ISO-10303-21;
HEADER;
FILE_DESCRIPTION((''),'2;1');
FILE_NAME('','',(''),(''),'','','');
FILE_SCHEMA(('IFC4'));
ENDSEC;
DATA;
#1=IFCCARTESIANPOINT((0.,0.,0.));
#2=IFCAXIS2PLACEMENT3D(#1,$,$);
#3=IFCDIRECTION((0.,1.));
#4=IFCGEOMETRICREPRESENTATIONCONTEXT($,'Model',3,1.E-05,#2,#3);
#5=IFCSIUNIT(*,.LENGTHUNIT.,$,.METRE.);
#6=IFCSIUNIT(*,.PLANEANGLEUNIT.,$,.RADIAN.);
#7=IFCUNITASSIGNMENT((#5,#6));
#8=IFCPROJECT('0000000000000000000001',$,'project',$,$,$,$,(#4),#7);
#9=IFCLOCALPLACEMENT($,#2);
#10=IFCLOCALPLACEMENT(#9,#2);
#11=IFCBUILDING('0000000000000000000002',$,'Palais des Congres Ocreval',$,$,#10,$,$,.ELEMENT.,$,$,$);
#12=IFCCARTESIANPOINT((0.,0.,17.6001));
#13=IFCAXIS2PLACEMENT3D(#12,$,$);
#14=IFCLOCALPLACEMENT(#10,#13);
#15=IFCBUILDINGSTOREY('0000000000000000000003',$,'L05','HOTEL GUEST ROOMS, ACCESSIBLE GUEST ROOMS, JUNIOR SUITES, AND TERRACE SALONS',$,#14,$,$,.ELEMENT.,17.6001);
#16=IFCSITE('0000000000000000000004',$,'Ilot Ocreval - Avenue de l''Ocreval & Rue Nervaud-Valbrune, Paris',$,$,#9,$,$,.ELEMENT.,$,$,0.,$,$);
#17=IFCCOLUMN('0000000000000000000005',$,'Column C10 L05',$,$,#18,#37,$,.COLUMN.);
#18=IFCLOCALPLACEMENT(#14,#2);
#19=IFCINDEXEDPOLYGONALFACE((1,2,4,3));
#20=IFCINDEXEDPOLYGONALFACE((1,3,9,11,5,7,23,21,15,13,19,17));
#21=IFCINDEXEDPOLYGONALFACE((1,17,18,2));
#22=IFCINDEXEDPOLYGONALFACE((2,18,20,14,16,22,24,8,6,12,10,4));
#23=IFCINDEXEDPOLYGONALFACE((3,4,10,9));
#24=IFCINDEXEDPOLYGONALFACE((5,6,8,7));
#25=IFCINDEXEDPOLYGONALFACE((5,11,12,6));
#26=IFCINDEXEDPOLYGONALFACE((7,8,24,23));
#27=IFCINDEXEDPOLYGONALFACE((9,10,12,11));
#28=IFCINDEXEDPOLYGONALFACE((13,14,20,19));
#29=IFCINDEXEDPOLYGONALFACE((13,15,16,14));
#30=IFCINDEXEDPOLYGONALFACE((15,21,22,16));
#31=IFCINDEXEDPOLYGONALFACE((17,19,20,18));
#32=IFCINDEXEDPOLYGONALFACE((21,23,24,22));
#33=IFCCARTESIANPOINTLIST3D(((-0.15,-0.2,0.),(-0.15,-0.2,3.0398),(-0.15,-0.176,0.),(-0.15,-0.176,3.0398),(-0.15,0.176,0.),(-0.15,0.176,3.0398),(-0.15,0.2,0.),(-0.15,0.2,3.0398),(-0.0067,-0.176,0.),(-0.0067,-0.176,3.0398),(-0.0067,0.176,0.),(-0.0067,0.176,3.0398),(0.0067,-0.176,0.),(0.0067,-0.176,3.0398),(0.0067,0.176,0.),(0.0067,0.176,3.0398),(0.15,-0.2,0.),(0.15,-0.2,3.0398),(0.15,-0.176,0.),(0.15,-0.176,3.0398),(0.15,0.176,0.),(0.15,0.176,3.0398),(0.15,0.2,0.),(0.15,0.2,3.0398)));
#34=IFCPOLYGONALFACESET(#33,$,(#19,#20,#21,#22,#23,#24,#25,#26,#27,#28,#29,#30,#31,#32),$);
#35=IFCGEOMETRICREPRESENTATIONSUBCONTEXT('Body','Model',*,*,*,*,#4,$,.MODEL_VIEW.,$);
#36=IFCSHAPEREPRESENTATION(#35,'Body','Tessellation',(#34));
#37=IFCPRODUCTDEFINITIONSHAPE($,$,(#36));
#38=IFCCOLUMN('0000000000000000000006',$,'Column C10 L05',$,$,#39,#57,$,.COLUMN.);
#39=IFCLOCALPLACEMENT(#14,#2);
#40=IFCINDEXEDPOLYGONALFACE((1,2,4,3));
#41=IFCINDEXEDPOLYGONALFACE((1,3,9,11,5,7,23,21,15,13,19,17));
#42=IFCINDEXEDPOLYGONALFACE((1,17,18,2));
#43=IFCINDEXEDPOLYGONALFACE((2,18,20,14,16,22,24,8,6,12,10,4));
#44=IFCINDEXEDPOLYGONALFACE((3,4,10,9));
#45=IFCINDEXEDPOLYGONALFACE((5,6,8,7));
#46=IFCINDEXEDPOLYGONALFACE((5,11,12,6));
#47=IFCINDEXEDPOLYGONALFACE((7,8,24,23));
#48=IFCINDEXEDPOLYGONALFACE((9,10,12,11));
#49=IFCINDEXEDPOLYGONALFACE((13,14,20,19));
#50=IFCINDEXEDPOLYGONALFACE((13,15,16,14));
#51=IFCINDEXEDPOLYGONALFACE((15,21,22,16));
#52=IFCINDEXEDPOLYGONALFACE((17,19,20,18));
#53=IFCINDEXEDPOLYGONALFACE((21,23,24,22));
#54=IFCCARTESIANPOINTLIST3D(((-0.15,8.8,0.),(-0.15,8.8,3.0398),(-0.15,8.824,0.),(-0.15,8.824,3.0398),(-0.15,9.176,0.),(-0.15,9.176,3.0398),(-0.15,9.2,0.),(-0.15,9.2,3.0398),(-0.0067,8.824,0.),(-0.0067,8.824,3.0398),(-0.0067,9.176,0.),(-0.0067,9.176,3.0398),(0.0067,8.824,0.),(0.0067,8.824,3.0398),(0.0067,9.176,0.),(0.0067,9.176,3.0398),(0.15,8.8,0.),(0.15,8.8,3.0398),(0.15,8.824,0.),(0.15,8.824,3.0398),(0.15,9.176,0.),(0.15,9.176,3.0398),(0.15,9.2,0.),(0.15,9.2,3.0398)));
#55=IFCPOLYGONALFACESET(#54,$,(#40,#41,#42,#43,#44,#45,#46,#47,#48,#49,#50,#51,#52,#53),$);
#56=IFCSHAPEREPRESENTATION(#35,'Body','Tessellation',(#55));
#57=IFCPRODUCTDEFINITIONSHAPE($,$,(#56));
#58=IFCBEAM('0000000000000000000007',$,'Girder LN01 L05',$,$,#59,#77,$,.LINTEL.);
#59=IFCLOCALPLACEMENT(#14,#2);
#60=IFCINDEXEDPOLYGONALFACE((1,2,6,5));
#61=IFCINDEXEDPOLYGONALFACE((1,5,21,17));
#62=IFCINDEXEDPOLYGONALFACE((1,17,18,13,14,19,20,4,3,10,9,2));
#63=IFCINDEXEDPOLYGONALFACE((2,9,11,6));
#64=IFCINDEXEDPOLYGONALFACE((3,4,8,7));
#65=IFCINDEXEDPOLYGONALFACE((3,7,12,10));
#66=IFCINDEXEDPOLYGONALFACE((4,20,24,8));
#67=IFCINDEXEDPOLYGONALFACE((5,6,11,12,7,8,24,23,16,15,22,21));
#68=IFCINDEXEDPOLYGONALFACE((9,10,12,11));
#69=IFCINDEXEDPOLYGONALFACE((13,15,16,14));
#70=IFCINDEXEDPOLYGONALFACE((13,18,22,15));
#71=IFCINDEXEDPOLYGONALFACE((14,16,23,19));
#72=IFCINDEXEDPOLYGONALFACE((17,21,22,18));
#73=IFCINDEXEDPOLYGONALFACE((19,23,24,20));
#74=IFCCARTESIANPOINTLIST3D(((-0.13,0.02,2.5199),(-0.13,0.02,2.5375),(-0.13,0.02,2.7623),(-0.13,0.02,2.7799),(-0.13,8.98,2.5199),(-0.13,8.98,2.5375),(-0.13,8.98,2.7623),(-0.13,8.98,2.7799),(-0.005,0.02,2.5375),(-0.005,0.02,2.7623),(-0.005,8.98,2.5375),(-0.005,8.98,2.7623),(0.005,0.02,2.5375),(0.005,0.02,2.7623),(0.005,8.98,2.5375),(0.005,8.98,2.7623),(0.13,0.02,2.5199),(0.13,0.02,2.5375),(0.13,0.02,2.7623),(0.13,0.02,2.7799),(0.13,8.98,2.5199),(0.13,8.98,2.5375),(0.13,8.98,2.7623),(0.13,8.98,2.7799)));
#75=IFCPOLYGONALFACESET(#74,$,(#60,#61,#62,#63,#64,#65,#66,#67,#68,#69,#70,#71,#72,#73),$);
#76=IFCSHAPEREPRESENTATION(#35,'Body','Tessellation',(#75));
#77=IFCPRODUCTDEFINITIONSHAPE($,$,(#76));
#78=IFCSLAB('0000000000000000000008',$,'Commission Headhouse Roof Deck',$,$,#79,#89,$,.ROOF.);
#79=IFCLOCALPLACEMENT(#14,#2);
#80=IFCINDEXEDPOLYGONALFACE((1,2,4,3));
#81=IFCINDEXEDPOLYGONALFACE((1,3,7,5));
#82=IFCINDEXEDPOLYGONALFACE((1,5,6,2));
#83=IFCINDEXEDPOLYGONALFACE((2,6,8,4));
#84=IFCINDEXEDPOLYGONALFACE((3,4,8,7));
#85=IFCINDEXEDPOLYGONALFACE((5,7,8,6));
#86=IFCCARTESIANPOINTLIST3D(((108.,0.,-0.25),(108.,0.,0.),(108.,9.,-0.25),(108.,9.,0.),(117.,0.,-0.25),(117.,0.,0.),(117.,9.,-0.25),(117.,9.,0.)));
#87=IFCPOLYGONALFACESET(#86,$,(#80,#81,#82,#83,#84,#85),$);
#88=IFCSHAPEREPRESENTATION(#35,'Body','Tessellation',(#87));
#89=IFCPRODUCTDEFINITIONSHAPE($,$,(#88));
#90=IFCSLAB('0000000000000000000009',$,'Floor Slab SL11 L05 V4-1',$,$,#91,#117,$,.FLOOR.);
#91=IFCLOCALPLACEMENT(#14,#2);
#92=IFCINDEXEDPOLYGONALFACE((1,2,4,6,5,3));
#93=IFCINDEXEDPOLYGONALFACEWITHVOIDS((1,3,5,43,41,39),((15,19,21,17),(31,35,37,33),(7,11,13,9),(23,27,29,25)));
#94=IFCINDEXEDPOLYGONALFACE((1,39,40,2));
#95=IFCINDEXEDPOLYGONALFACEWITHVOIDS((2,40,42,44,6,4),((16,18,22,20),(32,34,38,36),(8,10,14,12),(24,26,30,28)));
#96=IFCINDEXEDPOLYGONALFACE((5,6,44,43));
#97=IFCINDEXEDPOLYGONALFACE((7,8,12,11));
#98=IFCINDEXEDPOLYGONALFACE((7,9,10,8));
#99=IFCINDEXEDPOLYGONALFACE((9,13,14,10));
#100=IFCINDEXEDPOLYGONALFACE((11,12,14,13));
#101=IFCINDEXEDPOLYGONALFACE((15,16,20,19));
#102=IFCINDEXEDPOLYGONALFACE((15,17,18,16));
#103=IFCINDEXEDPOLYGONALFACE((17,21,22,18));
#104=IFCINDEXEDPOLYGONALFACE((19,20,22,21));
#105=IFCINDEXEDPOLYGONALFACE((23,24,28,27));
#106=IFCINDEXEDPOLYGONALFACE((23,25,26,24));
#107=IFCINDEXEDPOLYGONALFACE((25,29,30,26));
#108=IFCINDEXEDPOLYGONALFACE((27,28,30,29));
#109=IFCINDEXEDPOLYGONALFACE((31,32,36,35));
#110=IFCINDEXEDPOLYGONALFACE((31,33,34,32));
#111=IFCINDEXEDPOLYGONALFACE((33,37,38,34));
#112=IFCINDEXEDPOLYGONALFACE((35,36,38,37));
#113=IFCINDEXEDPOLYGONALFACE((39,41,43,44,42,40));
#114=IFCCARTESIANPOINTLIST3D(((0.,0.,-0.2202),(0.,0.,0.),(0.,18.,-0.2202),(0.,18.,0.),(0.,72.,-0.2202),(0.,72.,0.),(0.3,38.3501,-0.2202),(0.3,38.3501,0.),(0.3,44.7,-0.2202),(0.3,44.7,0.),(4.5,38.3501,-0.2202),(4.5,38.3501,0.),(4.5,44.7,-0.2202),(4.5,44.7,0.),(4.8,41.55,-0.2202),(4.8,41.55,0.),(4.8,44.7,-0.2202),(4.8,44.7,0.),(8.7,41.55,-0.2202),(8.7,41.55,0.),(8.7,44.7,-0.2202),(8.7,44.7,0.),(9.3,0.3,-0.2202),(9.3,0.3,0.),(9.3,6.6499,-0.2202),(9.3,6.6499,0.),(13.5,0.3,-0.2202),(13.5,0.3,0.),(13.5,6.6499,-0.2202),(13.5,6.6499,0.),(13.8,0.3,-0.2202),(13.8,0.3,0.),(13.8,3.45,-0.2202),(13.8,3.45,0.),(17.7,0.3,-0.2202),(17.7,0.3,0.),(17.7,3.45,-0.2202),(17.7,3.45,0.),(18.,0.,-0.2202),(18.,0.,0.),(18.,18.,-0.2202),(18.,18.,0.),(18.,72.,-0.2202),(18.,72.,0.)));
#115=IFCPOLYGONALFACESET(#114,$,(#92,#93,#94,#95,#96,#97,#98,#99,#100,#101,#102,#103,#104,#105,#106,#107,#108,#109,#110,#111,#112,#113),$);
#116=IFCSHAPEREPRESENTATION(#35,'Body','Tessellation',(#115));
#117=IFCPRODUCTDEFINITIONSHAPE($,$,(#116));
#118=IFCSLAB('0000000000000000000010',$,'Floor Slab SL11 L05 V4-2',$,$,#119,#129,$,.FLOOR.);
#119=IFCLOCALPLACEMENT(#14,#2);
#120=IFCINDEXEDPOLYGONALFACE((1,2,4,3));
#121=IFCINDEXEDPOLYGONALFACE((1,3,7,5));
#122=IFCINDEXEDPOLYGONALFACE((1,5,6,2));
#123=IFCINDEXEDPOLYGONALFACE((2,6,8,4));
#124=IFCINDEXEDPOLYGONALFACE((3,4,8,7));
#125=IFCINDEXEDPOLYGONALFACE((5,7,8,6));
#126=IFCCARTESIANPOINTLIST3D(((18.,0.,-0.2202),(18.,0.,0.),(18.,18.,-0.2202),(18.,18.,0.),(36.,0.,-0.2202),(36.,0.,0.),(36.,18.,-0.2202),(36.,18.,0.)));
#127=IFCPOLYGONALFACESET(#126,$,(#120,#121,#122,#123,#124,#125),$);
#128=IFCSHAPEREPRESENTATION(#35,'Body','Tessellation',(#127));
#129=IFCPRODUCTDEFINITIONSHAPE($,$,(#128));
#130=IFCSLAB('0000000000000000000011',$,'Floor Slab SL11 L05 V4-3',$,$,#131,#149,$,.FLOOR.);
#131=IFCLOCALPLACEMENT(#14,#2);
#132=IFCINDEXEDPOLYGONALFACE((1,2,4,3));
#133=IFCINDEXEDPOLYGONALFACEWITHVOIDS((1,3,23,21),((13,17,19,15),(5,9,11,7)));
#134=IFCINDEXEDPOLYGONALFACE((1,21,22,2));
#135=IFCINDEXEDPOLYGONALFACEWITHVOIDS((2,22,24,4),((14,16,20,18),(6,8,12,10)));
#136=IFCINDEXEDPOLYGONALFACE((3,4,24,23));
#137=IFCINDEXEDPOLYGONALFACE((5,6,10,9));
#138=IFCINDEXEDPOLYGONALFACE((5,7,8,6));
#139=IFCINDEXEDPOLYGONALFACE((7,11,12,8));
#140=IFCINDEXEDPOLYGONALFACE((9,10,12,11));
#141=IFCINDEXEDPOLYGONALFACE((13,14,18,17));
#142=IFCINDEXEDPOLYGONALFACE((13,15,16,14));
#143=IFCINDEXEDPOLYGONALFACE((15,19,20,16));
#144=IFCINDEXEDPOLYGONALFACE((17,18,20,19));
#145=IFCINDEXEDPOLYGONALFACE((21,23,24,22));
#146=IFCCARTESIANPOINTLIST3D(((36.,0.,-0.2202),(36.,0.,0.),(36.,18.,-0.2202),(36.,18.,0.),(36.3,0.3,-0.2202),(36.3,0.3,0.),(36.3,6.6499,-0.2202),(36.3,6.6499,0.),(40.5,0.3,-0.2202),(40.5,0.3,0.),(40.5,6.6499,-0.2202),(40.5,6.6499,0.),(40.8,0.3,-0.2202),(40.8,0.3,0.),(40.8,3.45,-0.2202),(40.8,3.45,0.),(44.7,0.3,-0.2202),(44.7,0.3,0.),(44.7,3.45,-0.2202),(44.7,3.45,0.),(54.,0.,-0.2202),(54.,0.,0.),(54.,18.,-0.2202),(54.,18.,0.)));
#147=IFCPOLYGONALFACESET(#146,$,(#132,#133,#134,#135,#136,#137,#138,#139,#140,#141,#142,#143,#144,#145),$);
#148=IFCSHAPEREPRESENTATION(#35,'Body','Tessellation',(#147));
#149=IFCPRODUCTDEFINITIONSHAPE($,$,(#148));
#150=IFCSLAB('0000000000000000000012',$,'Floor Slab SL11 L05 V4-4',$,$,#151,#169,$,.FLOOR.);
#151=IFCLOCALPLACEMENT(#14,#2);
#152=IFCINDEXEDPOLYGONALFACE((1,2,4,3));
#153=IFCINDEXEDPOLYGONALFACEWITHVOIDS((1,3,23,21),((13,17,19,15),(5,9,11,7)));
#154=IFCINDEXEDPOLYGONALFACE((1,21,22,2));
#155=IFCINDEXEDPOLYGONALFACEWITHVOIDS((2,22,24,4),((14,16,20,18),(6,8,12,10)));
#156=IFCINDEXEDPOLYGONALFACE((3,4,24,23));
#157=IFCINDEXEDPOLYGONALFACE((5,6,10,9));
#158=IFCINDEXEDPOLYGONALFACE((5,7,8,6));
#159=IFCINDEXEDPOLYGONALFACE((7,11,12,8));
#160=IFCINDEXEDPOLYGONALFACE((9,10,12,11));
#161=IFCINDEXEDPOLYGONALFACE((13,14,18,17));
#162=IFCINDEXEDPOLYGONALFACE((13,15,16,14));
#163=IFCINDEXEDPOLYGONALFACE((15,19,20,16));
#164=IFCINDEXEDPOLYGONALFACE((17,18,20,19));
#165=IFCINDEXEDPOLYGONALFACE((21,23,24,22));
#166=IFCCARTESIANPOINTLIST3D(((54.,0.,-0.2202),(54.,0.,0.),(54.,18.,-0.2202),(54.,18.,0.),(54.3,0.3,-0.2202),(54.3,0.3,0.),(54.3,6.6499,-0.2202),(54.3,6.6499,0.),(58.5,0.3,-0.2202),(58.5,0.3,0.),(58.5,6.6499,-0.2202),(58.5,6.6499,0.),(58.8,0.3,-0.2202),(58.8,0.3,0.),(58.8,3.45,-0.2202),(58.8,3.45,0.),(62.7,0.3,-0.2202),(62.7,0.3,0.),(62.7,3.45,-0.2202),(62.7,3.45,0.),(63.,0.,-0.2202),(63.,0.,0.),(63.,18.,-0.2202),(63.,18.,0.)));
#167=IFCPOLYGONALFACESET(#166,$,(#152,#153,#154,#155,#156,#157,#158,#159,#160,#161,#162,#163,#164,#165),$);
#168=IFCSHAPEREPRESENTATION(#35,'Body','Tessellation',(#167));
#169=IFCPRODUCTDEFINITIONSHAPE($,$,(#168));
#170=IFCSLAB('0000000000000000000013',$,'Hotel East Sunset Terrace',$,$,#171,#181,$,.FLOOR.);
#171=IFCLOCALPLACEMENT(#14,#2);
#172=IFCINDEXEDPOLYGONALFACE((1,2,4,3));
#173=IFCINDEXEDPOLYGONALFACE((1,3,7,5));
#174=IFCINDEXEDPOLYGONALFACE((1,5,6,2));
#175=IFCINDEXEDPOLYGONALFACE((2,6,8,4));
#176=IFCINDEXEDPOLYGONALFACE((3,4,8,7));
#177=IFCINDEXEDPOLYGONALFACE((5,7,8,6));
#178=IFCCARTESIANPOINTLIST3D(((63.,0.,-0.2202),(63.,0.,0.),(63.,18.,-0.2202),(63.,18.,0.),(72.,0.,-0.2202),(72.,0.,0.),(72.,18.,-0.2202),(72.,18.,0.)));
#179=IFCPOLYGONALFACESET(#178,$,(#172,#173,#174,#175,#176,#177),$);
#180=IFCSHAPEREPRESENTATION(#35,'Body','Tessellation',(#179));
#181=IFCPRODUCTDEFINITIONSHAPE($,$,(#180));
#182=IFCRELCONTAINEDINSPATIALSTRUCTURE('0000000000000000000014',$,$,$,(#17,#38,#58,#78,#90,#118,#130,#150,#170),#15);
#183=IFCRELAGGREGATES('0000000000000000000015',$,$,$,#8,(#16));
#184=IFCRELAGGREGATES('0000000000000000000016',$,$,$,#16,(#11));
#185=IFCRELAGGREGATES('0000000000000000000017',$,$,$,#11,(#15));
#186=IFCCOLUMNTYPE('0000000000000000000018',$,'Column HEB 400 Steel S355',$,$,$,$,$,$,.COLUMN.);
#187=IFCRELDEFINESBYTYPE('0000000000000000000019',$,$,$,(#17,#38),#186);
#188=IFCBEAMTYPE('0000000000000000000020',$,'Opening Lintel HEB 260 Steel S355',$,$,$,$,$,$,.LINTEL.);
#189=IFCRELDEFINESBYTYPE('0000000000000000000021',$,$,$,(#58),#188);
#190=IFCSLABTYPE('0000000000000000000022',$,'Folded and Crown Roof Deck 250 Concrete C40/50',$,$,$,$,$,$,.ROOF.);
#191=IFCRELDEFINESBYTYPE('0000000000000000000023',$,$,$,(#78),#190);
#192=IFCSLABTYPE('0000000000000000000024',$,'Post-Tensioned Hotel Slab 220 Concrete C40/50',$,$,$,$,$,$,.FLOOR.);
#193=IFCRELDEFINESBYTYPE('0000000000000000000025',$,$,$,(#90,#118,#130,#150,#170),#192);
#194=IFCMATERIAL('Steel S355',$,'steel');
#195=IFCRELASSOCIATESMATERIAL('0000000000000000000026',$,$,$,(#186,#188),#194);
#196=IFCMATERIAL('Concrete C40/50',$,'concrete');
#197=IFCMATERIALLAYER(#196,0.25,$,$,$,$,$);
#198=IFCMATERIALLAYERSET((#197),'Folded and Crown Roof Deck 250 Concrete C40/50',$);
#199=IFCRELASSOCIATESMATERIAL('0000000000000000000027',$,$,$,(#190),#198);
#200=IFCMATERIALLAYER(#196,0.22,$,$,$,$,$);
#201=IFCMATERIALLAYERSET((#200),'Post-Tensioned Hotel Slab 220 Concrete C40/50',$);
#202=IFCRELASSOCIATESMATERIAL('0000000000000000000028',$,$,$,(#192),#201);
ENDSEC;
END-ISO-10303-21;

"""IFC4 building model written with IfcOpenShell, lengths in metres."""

from ifc_helpers import new_model, si_unit, direction, frame, origin, origin_2d, place, context, subcontext, project, spatial, polyline, i_section, outline, extrude, material, layer, layer_set, material_profile, profile_set, type_object, element, save


model = new_model("IFC4")

# Units and contexts
model_context = context("Model", 3, precision=1e-05, world=origin(), true_north=direction((0.0, 1.0)))
body_context = subcontext(model_context, "Body", "Model", "MODEL_VIEW")
ifc_project = project(units=[si_unit("LENGTHUNIT", "METRE"), si_unit("PLANEANGLEUNIT", "RADIAN")], contexts=[model_context])

# Site, building, storey
site_placement = place(None, origin())
site = spatial("IfcSite", under=ifc_project, at=site_placement, Name="Ilot Ocreval - Avenue de l'Ocreval & Rue Nervaud-Valbrune, Paris", CompositionType="ELEMENT", RefElevation=0.0)
building_placement = place(site_placement, origin())
building = spatial("IfcBuilding", under=site, at=building_placement, Name="Palais des Congres Ocreval", CompositionType="ELEMENT")
storey_placement = place(building_placement, frame((0.0, 0.0, 17.6001)))
storey = spatial("IfcBuildingStorey", under=building, at=storey_placement, Name="L05", Description="HOTEL GUEST ROOMS, ACCESSIBLE GUEST ROOMS, JUNIOR SUITES, AND TERRACE SALONS", CompositionType="ELEMENT", Elevation=17.6001)

# Columns
ifc_material_1 = material(Name="Steel S355", Category="steel")
ifc_material_profile_1 = material_profile(ifc_material_1, i_section(OverallWidth=0.3, OverallDepth=0.3999, WebThickness=0.0134, FlangeThickness=0.0239, at=origin_2d()), Name="HEB 400")
ifc_profile_set_1 = profile_set([ifc_material_profile_1], Name="Steel S355")
column_type = type_object("IfcColumnType", Name="Column HEB 400 Steel S355", PredefinedType="COLUMN", material=ifc_profile_set_1)
for number, where, z_axis, x_axis, name in (
    (1, (0.0, 0.0, 0.0), (0.0, 0.0, 1.0), (1.0, 0.0, 0.0), "Column C10 L05"),
    (2, (0.0, 9.0, 0.0), (0.0, 0.0, 1.0), (1.0, 0.0, 0.0), "Column C10 L05"),
):
    element("IfcColumn", number, at=place(storey_placement, frame(where, z_axis=z_axis, x_axis=x_axis)), inside=storey, type_object=column_type, Name=name, PredefinedType="COLUMN", context=body_context, shape_type="SweptSolid", body=[
        extrude(i_section(OverallWidth=0.3, OverallDepth=0.3999, WebThickness=0.0134, FlangeThickness=0.0239, at=origin_2d()), origin(), (0.0, 0.0, 1.0), 3.0398),
    ])

# Beam
ifc_material_profile_2 = material_profile(ifc_material_1, i_section(OverallWidth=0.26, OverallDepth=0.26, WebThickness=0.01, FlangeThickness=0.0176, at=origin_2d()), Name="HEB 260")
ifc_profile_set_2 = profile_set([ifc_material_profile_2], Name="Steel S355")
beam_type = type_object("IfcBeamType", Name="Opening Lintel HEB 260 Steel S355", PredefinedType="LINTEL", material=ifc_profile_set_2)
beam_placement = place(storey_placement, frame((0.0, 0.02, 2.6499), z_axis=(0.0, 1.0, 0.0), x_axis=(-1.0, 0.0, 0.0)))
element("IfcBeam", 3, at=beam_placement, inside=storey, type_object=beam_type, Name="Girder LN01 L05", PredefinedType="LINTEL", context=body_context, shape_type="SweptSolid", body=[
    extrude(i_section(OverallWidth=0.26, OverallDepth=0.26, WebThickness=0.01, FlangeThickness=0.0176, at=origin_2d()), origin(), (0.0, 0.0, 1.0), 8.96),
])

# Slabs
ifc_material_2 = material(Name="Concrete C40/50", Category="concrete")
ifc_layer_1 = layer(ifc_material_2, 0.25)
ifc_layer_set_1 = layer_set([ifc_layer_1], Name="Folded and Crown Roof Deck 250 Concrete C40/50")
slab_type_1 = type_object("IfcSlabType", Name="Folded and Crown Roof Deck 250 Concrete C40/50", PredefinedType="ROOF", material=ifc_layer_set_1)
slab_1_placement = place(storey_placement, frame((0.0, 0.0, -0.25)))
element("IfcSlab", 4, at=slab_1_placement, inside=storey, type_object=slab_type_1, Name="Commission Headhouse Roof Deck", PredefinedType="ROOF", context=body_context, shape_type="SweptSolid", body=[
    extrude(outline(polyline([(108.0, 0.0), (108.0, 9.0), (117.0, 9.0), (117.0, 0.0), (108.0, 0.0)])), origin(), (0.0, 0.0, 1.0), 0.25),
])
ifc_layer_2 = layer(ifc_material_2, 0.22)
ifc_layer_set_2 = layer_set([ifc_layer_2], Name="Post-Tensioned Hotel Slab 220 Concrete C40/50")
slab_type_2 = type_object("IfcSlabType", Name="Post-Tensioned Hotel Slab 220 Concrete C40/50", PredefinedType="FLOOR", material=ifc_layer_set_2)
slab_2_placement = place(storey_placement, frame((0.0, 0.0, -0.2202)))
element("IfcSlab", 5, at=slab_2_placement, inside=storey, type_object=slab_type_2, Name="Floor Slab SL11 L05 V4-1", PredefinedType="FLOOR", context=body_context, shape_type="SweptSolid", body=[
    extrude(outline(polyline([(0.0, 0.0), (0.0, 18.0), (0.0, 72.0), (18.0, 72.0), (18.0, 18.0), (18.0, 0.0), (0.0, 0.0)]), holes=[polyline([(13.8, 0.3), (17.7, 0.3), (17.7, 3.45), (13.8, 3.45), (13.8, 0.3)]), polyline([(9.3, 0.3), (13.5, 0.3), (13.5, 6.6499), (9.3, 6.6499), (9.3, 0.3)]), polyline([(0.3, 38.3501), (4.5, 38.3501), (4.5, 44.7), (0.3, 44.7), (0.3, 38.3501)]), polyline([(4.8, 41.55), (8.7, 41.55), (8.7, 44.7), (4.8, 44.7), (4.8, 41.55)])]), origin(), (0.0, 0.0, 1.0), 0.2202),
])
slab_3_placement = place(storey_placement, frame((0.0, 0.0, -0.2202)))
element("IfcSlab", 6, at=slab_3_placement, inside=storey, type_object=slab_type_2, Name="Floor Slab SL11 L05 V4-2", PredefinedType="FLOOR", context=body_context, shape_type="SweptSolid", body=[
    extrude(outline(polyline([(18.0, 0.0), (18.0, 18.0), (36.0, 18.0), (36.0, 0.0), (18.0, 0.0)])), origin(), (0.0, 0.0, 1.0), 0.2202),
])
slab_4_placement = place(storey_placement, frame((0.0, 0.0, -0.2202)))
element("IfcSlab", 7, at=slab_4_placement, inside=storey, type_object=slab_type_2, Name="Floor Slab SL11 L05 V4-3", PredefinedType="FLOOR", context=body_context, shape_type="SweptSolid", body=[
    extrude(outline(polyline([(36.0, 0.0), (36.0, 18.0), (54.0, 18.0), (54.0, 0.0), (36.0, 0.0)]), holes=[polyline([(40.8, 0.3), (44.7, 0.3), (44.7, 3.45), (40.8, 3.45), (40.8, 0.3)]), polyline([(36.3, 0.3), (40.5, 0.3), (40.5, 6.6499), (36.3, 6.6499), (36.3, 0.3)])]), origin(), (0.0, 0.0, 1.0), 0.2202),
])
slab_5_placement = place(storey_placement, frame((0.0, 0.0, -0.2202)))
element("IfcSlab", 8, at=slab_5_placement, inside=storey, type_object=slab_type_2, Name="Floor Slab SL11 L05 V4-4", PredefinedType="FLOOR", context=body_context, shape_type="SweptSolid", body=[
    extrude(outline(polyline([(54.0, 0.0), (54.0, 18.0), (63.0, 18.0), (63.0, 0.0), (54.0, 0.0)]), holes=[polyline([(58.8, 0.3), (62.7, 0.3), (62.7, 3.45), (58.8, 3.45), (58.8, 0.3)]), polyline([(54.3, 0.3), (58.5, 0.3), (58.5, 6.6499), (54.3, 6.6499), (54.3, 0.3)])]), origin(), (0.0, 0.0, 1.0), 0.2202),
])
slab_6_placement = place(storey_placement, frame((0.0, 0.0, -0.2202)))
element("IfcSlab", 9, at=slab_6_placement, inside=storey, type_object=slab_type_2, Name="Hotel East Sunset Terrace", PredefinedType="FLOOR", context=body_context, shape_type="SweptSolid", body=[
    extrude(outline(polyline([(63.0, 0.0), (63.0, 18.0), (72.0, 18.0), (72.0, 0.0), (63.0, 0.0)])), origin(), (0.0, 0.0, 1.0), 0.2202),
])

save(model, "model.ifc")
